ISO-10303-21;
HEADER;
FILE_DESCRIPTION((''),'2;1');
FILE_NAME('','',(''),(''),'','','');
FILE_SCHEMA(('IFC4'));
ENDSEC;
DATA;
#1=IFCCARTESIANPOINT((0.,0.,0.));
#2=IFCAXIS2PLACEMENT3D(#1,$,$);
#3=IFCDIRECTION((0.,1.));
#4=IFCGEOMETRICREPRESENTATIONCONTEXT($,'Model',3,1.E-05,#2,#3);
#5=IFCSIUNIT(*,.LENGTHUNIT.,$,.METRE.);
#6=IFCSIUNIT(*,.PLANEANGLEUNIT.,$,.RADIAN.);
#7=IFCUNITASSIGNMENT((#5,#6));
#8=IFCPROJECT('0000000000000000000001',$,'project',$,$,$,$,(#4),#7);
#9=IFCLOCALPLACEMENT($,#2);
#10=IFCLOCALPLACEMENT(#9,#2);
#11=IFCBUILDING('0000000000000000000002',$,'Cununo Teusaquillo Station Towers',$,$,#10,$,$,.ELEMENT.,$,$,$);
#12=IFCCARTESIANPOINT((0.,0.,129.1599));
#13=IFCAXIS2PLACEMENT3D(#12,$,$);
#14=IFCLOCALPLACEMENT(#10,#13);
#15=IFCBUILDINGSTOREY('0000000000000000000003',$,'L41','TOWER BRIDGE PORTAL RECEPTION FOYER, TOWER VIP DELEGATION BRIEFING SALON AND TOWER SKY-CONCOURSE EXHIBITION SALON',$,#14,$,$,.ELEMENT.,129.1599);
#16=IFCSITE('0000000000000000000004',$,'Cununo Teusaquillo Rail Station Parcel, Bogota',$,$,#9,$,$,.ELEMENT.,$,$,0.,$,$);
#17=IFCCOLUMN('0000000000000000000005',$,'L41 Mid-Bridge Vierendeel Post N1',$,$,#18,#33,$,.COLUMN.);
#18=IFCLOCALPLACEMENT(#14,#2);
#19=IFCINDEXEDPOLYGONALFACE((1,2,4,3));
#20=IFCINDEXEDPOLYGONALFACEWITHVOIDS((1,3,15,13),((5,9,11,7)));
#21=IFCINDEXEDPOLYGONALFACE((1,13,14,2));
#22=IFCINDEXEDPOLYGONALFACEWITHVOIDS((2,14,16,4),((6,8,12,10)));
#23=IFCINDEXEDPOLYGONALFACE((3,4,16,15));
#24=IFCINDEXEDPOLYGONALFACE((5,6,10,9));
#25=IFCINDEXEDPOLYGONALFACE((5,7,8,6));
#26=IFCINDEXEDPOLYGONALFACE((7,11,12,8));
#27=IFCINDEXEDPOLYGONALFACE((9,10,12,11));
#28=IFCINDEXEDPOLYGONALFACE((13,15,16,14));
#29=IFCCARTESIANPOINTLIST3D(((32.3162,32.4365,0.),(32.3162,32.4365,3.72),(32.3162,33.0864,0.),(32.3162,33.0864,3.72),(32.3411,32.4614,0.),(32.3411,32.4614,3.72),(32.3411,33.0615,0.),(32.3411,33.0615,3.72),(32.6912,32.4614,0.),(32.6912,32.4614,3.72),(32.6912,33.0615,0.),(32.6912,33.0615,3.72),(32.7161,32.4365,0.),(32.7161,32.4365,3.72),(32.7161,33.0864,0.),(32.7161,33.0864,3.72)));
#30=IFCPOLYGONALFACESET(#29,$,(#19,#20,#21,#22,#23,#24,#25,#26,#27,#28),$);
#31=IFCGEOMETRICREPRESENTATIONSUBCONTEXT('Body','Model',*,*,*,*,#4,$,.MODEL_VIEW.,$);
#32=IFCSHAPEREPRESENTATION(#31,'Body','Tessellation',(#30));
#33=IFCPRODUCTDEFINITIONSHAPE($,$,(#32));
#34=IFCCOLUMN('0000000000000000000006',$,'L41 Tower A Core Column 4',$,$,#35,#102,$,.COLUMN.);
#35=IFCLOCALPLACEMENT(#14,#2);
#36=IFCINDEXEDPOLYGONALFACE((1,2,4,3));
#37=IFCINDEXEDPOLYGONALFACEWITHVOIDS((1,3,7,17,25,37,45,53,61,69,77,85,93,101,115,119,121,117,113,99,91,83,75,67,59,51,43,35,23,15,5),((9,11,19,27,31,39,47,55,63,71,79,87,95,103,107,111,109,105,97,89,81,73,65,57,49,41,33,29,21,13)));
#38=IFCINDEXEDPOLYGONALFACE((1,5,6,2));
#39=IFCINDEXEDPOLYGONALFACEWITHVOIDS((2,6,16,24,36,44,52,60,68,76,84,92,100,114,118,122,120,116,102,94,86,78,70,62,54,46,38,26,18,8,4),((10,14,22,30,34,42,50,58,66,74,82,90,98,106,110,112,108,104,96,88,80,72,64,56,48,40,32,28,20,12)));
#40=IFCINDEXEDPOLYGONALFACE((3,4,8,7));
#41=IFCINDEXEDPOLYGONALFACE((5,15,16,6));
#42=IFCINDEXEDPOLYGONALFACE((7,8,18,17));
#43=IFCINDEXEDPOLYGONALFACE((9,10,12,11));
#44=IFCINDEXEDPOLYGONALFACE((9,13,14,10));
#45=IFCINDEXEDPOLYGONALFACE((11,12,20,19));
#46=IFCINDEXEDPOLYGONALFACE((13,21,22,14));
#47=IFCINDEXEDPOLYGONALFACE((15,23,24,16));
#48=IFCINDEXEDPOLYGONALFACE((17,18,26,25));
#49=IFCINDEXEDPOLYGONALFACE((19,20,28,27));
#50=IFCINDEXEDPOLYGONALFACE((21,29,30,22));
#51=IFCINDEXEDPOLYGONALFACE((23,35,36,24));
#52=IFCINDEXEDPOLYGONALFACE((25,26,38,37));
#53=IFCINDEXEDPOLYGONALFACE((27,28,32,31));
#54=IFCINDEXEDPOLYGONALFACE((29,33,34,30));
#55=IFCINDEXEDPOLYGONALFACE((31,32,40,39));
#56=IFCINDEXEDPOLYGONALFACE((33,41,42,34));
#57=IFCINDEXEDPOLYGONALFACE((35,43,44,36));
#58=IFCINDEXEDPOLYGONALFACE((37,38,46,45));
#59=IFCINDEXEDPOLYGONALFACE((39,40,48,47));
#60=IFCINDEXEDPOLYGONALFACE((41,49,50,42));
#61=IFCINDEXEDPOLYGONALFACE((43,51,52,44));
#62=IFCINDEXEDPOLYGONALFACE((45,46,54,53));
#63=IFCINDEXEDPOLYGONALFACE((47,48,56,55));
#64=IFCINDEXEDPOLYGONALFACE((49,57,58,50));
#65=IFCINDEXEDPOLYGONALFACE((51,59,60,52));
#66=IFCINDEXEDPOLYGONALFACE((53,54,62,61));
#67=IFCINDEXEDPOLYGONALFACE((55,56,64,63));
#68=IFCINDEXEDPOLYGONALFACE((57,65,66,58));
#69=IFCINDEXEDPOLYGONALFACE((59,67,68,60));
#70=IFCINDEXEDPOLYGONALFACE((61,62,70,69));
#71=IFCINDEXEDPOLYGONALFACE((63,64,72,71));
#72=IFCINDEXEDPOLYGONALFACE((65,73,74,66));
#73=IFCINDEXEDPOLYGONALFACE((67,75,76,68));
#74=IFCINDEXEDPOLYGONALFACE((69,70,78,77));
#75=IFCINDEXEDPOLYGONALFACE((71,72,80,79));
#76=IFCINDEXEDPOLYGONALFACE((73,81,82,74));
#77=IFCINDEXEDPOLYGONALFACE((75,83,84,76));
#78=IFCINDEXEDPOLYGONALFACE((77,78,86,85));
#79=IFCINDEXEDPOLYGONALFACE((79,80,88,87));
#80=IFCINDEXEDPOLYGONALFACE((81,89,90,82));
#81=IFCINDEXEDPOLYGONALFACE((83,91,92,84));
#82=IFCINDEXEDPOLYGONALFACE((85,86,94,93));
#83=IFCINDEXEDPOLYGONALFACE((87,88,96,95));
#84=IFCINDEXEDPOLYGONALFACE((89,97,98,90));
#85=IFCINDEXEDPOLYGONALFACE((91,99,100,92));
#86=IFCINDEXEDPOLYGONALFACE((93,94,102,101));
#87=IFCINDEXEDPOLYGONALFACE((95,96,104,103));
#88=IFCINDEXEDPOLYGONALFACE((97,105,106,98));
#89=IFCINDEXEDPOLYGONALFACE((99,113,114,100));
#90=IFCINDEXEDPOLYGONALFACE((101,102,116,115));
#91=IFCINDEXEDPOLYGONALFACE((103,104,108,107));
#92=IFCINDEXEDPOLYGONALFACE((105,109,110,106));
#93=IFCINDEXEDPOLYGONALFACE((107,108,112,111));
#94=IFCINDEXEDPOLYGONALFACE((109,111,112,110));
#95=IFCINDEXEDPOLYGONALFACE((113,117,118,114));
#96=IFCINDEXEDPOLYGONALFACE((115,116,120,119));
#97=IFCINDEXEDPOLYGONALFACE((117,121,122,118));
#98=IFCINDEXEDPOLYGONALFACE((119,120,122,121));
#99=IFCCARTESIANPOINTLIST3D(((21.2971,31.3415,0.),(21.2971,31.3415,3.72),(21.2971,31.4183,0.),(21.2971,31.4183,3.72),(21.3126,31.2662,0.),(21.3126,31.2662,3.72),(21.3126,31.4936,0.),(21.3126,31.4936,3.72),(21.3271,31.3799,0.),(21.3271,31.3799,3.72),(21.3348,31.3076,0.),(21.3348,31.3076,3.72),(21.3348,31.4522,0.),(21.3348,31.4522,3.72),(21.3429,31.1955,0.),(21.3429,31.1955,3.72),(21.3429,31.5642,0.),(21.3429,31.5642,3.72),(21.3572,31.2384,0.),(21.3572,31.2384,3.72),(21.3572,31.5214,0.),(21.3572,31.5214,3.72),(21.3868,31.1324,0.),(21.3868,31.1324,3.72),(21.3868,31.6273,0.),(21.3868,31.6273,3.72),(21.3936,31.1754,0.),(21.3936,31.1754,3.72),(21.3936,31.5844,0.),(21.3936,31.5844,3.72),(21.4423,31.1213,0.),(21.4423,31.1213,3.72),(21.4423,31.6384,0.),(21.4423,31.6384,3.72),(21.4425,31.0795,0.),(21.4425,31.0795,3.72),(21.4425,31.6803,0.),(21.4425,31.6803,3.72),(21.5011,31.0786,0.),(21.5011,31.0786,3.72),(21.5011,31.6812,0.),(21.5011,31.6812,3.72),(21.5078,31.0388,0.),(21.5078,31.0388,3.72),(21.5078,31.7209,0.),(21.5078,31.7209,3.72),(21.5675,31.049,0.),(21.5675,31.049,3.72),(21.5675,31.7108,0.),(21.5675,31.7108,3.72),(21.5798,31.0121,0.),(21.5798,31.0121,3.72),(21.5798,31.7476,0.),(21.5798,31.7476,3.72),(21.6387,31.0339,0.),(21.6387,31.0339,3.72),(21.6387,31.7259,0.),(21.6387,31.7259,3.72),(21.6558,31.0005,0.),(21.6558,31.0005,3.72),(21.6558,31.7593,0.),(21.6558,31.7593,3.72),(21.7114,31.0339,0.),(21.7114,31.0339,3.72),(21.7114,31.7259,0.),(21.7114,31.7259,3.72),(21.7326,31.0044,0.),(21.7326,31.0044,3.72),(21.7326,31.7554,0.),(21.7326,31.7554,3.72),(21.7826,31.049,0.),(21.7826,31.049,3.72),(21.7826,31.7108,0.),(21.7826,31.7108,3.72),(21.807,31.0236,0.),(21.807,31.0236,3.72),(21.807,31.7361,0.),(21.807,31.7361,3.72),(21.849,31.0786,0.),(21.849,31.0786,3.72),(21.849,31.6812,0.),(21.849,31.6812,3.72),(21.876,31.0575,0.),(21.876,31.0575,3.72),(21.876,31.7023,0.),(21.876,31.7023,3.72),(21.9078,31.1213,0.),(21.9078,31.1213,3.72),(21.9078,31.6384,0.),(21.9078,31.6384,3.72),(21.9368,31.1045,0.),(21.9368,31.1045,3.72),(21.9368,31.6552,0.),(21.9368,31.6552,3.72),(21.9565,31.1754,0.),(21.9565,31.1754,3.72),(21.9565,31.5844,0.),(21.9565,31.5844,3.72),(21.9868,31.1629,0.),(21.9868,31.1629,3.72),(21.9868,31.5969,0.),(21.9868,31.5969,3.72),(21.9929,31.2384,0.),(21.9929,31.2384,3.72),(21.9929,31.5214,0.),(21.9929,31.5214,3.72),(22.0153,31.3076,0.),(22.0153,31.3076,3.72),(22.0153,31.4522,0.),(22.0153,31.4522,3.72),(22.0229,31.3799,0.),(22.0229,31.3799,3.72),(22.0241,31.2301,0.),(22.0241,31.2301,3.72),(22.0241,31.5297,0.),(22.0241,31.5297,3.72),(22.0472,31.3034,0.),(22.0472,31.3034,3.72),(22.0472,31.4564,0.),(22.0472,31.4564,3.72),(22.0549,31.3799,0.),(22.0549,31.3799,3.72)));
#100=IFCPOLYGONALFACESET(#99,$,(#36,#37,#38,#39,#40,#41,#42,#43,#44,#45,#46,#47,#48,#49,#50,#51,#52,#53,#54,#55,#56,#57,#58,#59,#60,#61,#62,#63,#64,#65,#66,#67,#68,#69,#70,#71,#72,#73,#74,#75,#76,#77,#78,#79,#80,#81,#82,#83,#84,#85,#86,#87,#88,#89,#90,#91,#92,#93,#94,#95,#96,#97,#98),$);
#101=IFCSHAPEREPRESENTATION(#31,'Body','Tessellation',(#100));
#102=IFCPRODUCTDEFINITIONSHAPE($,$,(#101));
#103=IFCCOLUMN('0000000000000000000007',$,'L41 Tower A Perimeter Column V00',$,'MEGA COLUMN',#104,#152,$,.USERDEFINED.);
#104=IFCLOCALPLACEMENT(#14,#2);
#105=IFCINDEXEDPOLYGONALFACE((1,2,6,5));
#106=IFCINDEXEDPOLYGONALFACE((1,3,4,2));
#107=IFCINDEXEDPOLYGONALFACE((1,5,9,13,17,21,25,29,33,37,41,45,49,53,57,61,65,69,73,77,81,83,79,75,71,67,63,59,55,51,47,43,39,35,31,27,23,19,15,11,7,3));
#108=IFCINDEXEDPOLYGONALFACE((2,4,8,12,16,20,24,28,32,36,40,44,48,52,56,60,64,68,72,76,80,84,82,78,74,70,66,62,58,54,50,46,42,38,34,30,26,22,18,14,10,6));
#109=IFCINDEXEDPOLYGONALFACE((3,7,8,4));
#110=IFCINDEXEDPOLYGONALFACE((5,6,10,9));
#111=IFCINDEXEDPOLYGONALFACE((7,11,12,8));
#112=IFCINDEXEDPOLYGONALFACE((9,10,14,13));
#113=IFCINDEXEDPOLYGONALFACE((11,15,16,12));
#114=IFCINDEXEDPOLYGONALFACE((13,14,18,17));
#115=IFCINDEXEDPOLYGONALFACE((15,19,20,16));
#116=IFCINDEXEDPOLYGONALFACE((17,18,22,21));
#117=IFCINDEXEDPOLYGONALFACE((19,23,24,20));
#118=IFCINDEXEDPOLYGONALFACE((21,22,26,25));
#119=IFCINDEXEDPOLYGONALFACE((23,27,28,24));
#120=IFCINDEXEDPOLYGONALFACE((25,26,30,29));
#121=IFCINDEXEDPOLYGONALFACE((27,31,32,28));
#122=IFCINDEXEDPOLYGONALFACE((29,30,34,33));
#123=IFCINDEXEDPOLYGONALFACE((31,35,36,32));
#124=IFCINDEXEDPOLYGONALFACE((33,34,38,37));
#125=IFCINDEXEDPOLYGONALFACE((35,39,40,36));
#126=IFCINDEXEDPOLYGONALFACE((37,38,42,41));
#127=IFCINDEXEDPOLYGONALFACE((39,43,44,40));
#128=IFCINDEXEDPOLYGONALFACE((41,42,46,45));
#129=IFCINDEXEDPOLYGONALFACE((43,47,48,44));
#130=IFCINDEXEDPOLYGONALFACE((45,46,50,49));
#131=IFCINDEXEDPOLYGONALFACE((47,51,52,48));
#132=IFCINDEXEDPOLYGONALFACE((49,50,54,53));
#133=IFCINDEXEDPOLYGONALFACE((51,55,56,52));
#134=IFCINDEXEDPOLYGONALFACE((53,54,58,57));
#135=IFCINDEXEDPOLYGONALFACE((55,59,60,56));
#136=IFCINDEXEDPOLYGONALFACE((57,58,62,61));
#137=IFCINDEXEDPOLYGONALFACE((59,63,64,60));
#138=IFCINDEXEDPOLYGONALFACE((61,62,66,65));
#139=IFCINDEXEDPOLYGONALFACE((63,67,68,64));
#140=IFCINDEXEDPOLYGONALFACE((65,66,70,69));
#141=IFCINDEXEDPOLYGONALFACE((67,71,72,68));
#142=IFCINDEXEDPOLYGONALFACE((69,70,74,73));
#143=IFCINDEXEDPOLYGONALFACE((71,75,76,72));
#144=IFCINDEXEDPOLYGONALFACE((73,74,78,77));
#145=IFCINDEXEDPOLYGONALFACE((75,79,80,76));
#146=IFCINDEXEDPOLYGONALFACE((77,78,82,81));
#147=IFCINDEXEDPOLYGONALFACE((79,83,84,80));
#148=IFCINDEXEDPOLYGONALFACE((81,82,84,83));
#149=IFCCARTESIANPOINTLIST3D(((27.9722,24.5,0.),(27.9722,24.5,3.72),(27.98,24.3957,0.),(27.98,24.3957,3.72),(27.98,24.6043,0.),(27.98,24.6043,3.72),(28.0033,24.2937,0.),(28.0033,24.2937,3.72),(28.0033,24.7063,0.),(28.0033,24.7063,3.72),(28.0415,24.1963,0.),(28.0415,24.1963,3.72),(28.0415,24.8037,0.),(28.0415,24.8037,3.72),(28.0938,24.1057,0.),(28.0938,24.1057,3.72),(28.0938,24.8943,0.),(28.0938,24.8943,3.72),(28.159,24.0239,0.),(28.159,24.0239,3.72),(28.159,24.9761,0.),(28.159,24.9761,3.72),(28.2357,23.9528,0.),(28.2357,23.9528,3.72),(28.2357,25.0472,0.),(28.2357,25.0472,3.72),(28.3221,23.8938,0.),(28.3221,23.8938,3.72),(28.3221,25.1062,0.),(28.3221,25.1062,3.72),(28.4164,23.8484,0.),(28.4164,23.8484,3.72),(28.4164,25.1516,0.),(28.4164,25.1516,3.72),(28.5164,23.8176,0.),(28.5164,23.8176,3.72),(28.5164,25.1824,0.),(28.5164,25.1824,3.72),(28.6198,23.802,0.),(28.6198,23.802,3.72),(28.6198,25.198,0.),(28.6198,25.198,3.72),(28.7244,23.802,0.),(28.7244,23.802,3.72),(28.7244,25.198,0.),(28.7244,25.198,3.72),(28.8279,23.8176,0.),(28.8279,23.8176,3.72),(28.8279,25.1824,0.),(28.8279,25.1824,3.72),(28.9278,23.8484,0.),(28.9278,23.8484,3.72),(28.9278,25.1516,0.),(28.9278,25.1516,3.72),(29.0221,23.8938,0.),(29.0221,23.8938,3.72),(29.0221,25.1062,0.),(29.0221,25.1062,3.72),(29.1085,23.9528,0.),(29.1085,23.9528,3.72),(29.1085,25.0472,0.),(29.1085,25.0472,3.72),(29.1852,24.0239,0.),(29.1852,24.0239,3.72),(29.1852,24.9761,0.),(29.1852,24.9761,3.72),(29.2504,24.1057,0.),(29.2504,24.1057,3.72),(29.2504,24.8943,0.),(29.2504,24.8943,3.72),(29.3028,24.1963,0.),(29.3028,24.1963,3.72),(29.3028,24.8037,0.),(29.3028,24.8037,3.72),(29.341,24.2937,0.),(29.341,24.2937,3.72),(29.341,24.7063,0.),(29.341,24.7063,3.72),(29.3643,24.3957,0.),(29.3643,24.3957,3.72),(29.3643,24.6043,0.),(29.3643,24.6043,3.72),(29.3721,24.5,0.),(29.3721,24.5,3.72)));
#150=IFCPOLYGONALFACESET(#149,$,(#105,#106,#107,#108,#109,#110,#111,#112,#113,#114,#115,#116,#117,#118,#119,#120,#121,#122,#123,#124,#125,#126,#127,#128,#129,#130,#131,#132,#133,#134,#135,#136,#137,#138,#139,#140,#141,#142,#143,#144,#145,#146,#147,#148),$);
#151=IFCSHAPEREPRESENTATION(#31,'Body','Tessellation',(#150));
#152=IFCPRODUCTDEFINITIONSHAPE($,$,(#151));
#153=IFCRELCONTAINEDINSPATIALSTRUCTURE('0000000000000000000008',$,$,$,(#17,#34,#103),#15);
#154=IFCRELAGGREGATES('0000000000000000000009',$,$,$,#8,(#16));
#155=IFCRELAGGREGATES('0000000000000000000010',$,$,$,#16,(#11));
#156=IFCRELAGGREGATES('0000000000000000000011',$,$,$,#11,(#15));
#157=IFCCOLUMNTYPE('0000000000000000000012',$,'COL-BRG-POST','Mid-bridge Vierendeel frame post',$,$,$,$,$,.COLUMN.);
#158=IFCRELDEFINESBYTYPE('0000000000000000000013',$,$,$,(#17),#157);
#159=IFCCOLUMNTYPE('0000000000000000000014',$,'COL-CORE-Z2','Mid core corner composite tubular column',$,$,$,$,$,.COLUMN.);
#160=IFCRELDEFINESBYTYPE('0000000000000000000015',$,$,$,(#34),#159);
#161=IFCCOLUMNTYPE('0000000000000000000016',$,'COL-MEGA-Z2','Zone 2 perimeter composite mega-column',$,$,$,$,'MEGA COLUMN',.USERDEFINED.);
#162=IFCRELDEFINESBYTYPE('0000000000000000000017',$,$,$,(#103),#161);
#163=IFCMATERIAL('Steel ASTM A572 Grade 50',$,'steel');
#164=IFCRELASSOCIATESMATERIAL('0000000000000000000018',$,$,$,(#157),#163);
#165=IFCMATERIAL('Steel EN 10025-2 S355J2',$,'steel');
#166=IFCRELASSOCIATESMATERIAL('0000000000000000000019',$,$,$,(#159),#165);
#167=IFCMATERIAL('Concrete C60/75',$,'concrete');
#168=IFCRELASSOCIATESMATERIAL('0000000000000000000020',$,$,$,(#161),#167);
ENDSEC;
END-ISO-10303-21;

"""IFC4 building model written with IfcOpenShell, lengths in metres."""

from ifc_helpers import new_model, si_unit, direction, frame, origin, origin_2d, place, context, subcontext, project, spatial, hollow_rectangle, circle, hollow_circle, extrude, material, material_profile, profile_set, type_object, element, save


model = new_model("IFC4")

# Units and contexts
model_context = context("Model", 3, precision=1e-05, world=origin(), true_north=direction((0.0, 1.0)))
body_context = subcontext(model_context, "Body", "Model", "MODEL_VIEW")
ifc_project = project(units=[si_unit("LENGTHUNIT", "METRE"), si_unit("PLANEANGLEUNIT", "RADIAN")], contexts=[model_context])

# Site, building, storey
site_placement = place(None, origin())
site = spatial("IfcSite", under=ifc_project, at=site_placement, Name="Cununo Teusaquillo Rail Station Parcel, Bogota", CompositionType="ELEMENT", RefElevation=0.0)
building_placement = place(site_placement, origin())
building = spatial("IfcBuilding", under=site, at=building_placement, Name="Cununo Teusaquillo Station Towers", CompositionType="ELEMENT")
storey_placement = place(building_placement, frame((0.0, 0.0, 129.1599)))
storey = spatial("IfcBuildingStorey", under=building, at=storey_placement, Name="L41", Description="TOWER BRIDGE PORTAL RECEPTION FOYER, TOWER VIP DELEGATION BRIEFING SALON AND TOWER SKY-CONCOURSE EXHIBITION SALON", CompositionType="ELEMENT", Elevation=129.1599)

# Columns
ifc_material_1 = material(Name="Steel ASTM A572 Grade 50", Category="steel")
ifc_material_profile_1 = material_profile(ifc_material_1, hollow_rectangle(XDim=0.3999, YDim=0.6499, WallThickness=0.0249, at=origin_2d()), Name="RHS 650x400x25")
ifc_profile_set_1 = profile_set([ifc_material_profile_1], Name="Steel ASTM A572 Grade 50")
column_type_1 = type_object("IfcColumnType", Name="COL-BRG-POST", Description="Mid-bridge Vierendeel frame post", PredefinedType="COLUMN", material=ifc_profile_set_1)
column_1_placement = place(storey_placement, frame((32.5161, 32.7615, 0.0), z_axis=(0.0, 0.0, 1.0), x_axis=(1.0, 0.0, 0.0)))
element("IfcColumn", 1, at=column_1_placement, inside=storey, type_object=column_type_1, Name="L41 Mid-Bridge Vierendeel Post N1", PredefinedType="COLUMN", context=body_context, shape_type="SweptSolid", body=[
    extrude(hollow_rectangle(XDim=0.3999, YDim=0.6499, WallThickness=0.0249, at=origin_2d()), origin(), (0.0, 0.0, 1.0), 3.72),
])
ifc_material_2 = material(Name="Steel EN 10025-2 S355J2", Category="steel")
ifc_material_profile_2 = material_profile(ifc_material_2, hollow_circle(Radius=0.3799, WallThickness=0.032, at=origin_2d()), Name="CHS 760x32")
ifc_profile_set_2 = profile_set([ifc_material_profile_2], Name="Steel EN 10025-2 S355J2")
column_type_2 = type_object("IfcColumnType", Name="COL-CORE-Z2", Description="Mid core corner composite tubular column", PredefinedType="COLUMN", material=ifc_profile_set_2)
column_2_placement = place(storey_placement, frame((21.675, 31.3799, 0.0), z_axis=(0.0, 0.0, 1.0), x_axis=(1.0, 0.0, 0.0)))
element("IfcColumn", 2, at=column_2_placement, inside=storey, type_object=column_type_2, Name="L41 Tower A Core Column 4", PredefinedType="COLUMN", context=body_context, shape_type="SweptSolid", body=[
    extrude(hollow_circle(Radius=0.3799, WallThickness=0.032, at=origin_2d()), origin(), (0.0, 0.0, 1.0), 3.72),
])
ifc_material_3 = material(Name="Concrete C60/75", Category="concrete")
ifc_material_profile_3 = material_profile(ifc_material_3, circle(Radius=0.7, at=origin_2d()), Name="RC-CIRC-1400")
ifc_profile_set_3 = profile_set([ifc_material_profile_3], Name="Concrete C60/75")
column_type_3 = type_object("IfcColumnType", Name="COL-MEGA-Z2", Description="Zone 2 perimeter composite mega-column", ElementType="MEGA COLUMN", PredefinedType="USERDEFINED", material=ifc_profile_set_3)
for number, where, z_axis, x_axis, name in (
    (3, (28.6721, 24.5, 0.0), (0.0, 0.0, 1.0), (1.0, 0.0, 0.0), "L41 Tower A Perimeter Column V00"),
):
    element("IfcColumn", number, at=place(storey_placement, frame(where, z_axis=z_axis, x_axis=x_axis)), inside=storey, type_object=column_type_3, Name=name, ObjectType="MEGA COLUMN", PredefinedType="USERDEFINED", context=body_context, shape_type="SweptSolid", body=[
        extrude(circle(Radius=0.7, at=origin_2d()), origin(), (0.0, 0.0, 1.0), 3.72),
    ])

save(model, "model.ifc")
